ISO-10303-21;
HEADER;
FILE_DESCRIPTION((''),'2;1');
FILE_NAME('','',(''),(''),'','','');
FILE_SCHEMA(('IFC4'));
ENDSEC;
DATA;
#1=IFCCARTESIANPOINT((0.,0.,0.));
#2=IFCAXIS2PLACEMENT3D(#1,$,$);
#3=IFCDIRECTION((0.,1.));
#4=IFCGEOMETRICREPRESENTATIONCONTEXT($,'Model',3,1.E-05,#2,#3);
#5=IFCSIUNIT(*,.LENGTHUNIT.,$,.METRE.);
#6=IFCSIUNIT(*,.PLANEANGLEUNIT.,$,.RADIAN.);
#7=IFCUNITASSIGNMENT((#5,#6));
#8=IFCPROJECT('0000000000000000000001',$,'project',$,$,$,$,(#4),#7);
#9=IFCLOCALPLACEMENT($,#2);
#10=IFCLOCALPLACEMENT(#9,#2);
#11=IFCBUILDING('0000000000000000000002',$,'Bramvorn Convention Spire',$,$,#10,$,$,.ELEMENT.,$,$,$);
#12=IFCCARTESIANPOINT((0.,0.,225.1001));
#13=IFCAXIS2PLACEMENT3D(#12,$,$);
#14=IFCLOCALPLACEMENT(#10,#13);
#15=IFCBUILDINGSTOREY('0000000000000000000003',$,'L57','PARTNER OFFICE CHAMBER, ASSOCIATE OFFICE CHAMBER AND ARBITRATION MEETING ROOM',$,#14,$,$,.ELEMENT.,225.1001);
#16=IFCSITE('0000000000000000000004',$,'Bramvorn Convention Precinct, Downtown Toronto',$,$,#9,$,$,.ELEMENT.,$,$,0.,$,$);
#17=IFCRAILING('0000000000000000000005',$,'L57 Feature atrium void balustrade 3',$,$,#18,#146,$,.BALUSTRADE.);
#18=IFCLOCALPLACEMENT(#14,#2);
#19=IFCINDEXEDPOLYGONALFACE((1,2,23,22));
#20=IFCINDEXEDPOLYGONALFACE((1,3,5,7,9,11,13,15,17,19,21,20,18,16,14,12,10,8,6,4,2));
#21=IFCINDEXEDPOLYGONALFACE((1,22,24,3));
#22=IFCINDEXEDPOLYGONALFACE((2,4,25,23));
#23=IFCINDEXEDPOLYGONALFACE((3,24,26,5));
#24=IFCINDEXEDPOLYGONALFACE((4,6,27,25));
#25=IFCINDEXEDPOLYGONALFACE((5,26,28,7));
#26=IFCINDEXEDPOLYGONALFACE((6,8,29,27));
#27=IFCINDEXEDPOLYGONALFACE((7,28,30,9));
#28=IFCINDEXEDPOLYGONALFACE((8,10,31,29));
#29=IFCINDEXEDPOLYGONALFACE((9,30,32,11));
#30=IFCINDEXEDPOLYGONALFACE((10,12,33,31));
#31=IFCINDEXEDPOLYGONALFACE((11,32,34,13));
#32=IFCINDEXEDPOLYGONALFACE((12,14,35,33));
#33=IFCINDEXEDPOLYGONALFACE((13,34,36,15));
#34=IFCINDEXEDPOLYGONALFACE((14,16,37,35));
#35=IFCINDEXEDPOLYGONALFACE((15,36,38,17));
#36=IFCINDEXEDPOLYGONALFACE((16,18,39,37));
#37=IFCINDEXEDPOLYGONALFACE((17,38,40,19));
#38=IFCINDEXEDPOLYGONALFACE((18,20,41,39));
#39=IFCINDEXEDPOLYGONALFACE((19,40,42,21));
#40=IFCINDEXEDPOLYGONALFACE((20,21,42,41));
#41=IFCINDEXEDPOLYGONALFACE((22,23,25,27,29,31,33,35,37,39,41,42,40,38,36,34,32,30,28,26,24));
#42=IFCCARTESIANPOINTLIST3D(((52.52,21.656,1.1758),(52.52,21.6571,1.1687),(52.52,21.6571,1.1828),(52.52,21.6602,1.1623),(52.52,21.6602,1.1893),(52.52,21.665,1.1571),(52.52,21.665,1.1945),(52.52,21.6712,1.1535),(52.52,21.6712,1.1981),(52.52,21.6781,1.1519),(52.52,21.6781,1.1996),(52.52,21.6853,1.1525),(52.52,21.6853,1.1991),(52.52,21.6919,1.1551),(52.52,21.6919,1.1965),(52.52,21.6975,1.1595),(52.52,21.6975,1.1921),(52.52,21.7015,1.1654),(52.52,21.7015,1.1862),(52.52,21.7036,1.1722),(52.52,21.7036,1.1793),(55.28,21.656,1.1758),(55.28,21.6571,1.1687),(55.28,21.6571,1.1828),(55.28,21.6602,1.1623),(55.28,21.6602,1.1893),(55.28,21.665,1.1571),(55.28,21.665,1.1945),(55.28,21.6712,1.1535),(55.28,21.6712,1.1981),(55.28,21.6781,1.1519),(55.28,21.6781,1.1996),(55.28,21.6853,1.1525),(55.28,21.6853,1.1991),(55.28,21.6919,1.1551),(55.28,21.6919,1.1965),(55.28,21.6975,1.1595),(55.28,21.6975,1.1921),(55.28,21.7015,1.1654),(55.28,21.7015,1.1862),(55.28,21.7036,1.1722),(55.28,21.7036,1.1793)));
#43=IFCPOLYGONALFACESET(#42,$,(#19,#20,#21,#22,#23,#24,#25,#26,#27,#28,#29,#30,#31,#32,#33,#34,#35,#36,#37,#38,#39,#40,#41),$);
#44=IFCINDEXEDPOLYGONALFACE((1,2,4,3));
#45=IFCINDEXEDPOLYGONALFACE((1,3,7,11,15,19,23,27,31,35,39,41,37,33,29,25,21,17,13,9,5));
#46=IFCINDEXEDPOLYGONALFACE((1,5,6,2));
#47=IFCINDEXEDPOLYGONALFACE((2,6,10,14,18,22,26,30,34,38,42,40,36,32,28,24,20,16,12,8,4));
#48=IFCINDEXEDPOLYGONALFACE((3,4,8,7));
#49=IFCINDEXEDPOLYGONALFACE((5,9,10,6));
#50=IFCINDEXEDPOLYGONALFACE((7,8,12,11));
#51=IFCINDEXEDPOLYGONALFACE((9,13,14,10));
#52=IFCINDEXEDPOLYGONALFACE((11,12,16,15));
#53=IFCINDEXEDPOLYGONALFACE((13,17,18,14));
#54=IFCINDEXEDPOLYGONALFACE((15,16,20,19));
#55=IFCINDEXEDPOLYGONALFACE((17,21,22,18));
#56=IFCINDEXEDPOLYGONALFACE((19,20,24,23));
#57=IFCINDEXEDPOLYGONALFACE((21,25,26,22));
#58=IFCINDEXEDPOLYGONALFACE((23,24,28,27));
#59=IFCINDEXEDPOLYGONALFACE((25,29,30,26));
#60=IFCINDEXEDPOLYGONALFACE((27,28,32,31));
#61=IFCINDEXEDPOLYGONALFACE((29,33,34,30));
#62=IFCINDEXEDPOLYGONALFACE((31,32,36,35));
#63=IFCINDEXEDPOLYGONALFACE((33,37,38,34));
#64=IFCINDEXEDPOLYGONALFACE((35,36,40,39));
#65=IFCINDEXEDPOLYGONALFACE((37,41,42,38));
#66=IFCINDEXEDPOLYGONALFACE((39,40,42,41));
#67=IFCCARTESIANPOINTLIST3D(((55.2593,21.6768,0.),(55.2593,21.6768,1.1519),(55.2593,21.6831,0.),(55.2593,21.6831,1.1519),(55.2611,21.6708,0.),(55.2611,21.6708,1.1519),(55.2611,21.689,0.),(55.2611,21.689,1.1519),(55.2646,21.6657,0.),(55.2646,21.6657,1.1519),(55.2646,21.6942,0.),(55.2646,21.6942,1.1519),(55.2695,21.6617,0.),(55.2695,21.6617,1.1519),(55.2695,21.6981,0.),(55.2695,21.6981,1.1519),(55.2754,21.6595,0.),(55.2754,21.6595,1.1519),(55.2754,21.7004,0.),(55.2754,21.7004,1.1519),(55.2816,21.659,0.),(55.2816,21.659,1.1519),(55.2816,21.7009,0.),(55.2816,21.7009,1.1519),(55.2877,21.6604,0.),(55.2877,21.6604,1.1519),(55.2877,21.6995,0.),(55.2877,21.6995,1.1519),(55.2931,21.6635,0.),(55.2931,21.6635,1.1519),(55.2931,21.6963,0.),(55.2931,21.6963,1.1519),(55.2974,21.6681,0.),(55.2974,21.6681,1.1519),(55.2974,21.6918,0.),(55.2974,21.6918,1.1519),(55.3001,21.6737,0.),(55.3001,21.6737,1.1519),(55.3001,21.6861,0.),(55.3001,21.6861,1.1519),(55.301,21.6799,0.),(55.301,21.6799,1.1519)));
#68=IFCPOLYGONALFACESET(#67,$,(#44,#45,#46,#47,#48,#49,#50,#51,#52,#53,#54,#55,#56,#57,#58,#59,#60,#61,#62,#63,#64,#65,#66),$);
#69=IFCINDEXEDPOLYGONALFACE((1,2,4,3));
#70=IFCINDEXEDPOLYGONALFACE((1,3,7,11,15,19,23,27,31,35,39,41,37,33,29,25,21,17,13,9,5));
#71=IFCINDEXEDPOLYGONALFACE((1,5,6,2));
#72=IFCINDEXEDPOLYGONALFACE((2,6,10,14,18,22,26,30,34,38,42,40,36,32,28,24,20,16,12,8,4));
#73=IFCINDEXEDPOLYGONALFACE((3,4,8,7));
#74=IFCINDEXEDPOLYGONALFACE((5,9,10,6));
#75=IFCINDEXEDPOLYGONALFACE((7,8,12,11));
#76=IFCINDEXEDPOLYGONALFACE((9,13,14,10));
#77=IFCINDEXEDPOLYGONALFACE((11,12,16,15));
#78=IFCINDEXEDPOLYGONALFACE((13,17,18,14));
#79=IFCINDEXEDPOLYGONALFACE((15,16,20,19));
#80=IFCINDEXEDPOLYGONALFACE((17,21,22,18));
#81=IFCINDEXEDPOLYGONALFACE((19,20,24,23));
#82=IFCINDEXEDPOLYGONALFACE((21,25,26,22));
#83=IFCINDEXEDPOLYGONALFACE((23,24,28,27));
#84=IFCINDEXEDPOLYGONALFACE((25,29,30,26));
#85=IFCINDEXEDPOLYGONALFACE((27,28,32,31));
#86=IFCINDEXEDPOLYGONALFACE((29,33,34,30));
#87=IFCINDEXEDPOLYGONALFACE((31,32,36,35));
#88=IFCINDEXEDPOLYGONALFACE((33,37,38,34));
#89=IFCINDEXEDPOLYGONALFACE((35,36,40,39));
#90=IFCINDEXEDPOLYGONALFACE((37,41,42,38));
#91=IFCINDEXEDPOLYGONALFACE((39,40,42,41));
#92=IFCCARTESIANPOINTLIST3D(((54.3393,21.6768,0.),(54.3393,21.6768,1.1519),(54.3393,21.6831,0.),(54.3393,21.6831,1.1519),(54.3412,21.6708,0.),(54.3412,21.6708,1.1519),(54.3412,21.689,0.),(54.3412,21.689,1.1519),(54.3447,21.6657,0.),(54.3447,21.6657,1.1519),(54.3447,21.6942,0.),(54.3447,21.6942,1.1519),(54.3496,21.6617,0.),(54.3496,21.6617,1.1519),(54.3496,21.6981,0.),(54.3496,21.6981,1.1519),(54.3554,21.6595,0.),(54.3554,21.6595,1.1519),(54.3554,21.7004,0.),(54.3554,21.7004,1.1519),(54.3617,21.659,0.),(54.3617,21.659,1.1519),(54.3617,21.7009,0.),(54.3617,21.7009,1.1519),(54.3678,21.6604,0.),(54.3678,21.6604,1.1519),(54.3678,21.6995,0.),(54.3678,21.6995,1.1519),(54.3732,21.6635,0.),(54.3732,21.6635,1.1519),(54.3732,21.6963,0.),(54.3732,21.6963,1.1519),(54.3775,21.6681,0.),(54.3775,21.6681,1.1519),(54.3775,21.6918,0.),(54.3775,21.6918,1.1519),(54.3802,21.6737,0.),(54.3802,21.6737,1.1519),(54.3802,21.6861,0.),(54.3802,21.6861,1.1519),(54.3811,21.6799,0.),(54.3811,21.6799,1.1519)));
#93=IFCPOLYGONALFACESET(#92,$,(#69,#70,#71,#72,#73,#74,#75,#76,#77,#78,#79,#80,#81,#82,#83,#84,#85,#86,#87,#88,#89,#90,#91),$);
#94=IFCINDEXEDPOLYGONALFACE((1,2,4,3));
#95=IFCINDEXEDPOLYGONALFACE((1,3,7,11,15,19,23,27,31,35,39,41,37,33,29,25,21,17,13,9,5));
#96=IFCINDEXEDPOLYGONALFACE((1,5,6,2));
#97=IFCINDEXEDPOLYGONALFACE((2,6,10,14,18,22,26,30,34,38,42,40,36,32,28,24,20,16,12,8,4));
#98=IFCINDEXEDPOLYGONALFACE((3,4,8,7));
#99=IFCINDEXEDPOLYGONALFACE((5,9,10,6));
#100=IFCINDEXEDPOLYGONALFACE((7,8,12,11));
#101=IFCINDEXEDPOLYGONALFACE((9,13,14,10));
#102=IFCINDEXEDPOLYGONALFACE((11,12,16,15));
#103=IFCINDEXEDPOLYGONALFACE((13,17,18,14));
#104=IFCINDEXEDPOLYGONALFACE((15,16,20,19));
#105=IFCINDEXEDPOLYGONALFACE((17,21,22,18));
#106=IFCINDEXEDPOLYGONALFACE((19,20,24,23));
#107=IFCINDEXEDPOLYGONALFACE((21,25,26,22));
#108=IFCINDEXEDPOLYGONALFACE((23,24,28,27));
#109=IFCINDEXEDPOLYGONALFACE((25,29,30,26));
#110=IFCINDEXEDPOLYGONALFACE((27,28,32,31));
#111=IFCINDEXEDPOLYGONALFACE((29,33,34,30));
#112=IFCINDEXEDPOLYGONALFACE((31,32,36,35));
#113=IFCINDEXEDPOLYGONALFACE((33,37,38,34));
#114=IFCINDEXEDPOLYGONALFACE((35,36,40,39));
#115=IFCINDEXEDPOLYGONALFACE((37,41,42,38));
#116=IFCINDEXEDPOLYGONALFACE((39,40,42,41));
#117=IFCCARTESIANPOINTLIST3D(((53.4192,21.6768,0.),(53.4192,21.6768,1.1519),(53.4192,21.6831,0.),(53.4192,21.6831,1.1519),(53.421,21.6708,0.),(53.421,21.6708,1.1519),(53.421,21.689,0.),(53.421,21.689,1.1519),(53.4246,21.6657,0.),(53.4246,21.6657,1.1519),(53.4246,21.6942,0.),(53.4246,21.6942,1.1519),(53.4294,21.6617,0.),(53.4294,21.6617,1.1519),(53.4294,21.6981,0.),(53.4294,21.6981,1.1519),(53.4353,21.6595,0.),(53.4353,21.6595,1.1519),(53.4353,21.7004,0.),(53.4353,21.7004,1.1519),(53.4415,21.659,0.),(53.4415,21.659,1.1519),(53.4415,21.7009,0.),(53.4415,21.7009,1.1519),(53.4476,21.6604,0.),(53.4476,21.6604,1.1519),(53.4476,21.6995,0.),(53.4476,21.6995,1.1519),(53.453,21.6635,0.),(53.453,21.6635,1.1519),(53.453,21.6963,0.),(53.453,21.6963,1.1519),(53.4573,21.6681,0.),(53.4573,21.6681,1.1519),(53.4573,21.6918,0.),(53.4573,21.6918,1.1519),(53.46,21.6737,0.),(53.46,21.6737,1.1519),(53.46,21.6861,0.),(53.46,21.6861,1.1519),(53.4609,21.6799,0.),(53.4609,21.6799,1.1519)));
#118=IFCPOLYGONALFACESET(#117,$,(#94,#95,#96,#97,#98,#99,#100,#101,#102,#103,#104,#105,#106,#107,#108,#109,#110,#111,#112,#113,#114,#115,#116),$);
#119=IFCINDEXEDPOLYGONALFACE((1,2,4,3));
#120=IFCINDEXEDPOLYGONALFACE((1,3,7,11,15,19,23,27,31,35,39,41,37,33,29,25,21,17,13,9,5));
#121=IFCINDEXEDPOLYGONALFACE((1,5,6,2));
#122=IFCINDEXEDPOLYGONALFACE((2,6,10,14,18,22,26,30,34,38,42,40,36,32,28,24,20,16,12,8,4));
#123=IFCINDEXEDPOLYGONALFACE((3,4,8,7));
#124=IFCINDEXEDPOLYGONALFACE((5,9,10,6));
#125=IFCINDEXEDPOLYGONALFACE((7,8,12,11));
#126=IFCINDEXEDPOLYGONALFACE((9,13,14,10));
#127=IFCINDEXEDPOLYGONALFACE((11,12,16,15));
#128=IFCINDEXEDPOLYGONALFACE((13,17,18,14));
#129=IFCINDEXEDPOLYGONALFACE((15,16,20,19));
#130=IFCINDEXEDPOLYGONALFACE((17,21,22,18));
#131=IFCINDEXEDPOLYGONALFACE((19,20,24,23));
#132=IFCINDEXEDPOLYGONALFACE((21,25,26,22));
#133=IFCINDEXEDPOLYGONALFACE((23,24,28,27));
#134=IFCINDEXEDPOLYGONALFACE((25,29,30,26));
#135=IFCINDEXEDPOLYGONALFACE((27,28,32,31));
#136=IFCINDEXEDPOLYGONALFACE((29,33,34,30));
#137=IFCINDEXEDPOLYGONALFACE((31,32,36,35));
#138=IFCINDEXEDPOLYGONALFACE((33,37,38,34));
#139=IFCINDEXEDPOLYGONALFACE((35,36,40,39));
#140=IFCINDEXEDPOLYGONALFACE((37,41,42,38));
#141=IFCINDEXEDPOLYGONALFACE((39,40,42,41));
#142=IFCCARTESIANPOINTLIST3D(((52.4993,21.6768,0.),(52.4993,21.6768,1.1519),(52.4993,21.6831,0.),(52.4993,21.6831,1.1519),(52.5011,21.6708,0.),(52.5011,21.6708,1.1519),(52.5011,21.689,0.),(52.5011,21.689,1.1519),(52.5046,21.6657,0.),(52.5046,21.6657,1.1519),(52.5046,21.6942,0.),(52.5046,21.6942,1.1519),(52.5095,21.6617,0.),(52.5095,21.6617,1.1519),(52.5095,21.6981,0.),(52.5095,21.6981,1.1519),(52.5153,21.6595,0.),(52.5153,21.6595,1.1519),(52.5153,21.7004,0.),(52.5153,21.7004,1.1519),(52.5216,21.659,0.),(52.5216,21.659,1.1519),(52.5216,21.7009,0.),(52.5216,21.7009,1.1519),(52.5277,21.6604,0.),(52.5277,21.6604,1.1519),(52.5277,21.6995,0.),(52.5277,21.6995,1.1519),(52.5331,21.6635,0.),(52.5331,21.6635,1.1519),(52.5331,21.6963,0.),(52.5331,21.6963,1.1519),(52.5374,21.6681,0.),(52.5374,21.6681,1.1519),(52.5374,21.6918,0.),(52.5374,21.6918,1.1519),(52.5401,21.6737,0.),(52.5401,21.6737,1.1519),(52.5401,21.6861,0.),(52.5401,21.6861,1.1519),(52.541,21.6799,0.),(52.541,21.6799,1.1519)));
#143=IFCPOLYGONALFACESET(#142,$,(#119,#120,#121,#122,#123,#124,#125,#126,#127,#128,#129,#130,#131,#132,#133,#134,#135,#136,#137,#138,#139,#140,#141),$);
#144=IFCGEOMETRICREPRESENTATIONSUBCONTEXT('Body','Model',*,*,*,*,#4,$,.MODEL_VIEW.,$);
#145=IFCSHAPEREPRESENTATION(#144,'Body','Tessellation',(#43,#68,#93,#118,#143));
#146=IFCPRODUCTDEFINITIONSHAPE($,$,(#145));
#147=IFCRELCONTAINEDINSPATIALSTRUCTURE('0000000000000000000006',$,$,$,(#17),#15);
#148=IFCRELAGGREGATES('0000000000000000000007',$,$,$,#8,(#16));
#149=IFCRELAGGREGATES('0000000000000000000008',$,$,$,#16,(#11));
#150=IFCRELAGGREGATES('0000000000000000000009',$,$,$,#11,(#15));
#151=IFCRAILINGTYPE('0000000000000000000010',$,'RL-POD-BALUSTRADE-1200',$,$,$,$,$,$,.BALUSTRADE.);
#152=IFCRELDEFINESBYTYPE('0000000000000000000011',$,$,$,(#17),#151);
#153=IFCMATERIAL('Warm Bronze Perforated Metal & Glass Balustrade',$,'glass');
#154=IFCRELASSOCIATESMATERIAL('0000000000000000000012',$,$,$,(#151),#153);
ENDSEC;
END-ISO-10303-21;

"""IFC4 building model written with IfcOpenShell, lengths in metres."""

from ifc_helpers import new_model, si_unit, direction, frame, origin, origin_2d, place, context, subcontext, project, spatial, circle, extrude, material, type_object, element, save


model = new_model("IFC4")

# Units and contexts
model_context = context("Model", 3, precision=1e-05, world=origin(), true_north=direction((0.0, 1.0)))
body_context = subcontext(model_context, "Body", "Model", "MODEL_VIEW")
ifc_project = project(units=[si_unit("LENGTHUNIT", "METRE"), si_unit("PLANEANGLEUNIT", "RADIAN")], contexts=[model_context])

# Site, building, storey
site_placement = place(None, origin())
site = spatial("IfcSite", under=ifc_project, at=site_placement, Name="Bramvorn Convention Precinct, Downtown Toronto", CompositionType="ELEMENT", RefElevation=0.0)
building_placement = place(site_placement, origin())
building = spatial("IfcBuilding", under=site, at=building_placement, Name="Bramvorn Convention Spire", CompositionType="ELEMENT")
storey_placement = place(building_placement, frame((0.0, 0.0, 225.1001)))
storey = spatial("IfcBuildingStorey", under=building, at=storey_placement, Name="L57", Description="PARTNER OFFICE CHAMBER, ASSOCIATE OFFICE CHAMBER AND ARBITRATION MEETING ROOM", CompositionType="ELEMENT", Elevation=225.1001)

# Railing
ifc_material_1 = material(Name="Warm Bronze Perforated Metal & Glass Balustrade", Category="glass")
railing_type = type_object("IfcRailingType", Name="RL-POD-BALUSTRADE-1200", PredefinedType="BALUSTRADE", material=ifc_material_1)
railing_1_placement = place(storey_placement, frame((55.28, 21.6799, 0.0)))
element("IfcRailing", 1, at=railing_1_placement, inside=storey, type_object=railing_type, Name="L57 Feature atrium void balustrade 3", PredefinedType="BALUSTRADE", context=body_context, shape_type="SweptSolid", body=[
    extrude(circle(Radius=0.0239, at=origin_2d()), frame((0.0, 0.0, 1.1758), z_axis=(-1.0, 0.0, 0.0), x_axis=(0.0, -1.0, 0.0)), (0.0, 0.0, 1.0), 2.76),
    extrude(circle(Radius=0.021, at=origin_2d()), origin(), (0.0, 0.0, 1.0), 1.1519),
    extrude(circle(Radius=0.021, at=origin_2d()), frame((-0.9199, 0.0, 0.0)), (0.0, 0.0, 1.0), 1.1519),
    extrude(circle(Radius=0.021, at=origin_2d()), frame((-1.8401, 0.0, 0.0)), (0.0, 0.0, 1.0), 1.1519),
    extrude(circle(Radius=0.021, at=origin_2d()), frame((-2.76, 0.0, 0.0)), (0.0, 0.0, 1.0), 1.1519),
])

save(model, "model.ifc")
